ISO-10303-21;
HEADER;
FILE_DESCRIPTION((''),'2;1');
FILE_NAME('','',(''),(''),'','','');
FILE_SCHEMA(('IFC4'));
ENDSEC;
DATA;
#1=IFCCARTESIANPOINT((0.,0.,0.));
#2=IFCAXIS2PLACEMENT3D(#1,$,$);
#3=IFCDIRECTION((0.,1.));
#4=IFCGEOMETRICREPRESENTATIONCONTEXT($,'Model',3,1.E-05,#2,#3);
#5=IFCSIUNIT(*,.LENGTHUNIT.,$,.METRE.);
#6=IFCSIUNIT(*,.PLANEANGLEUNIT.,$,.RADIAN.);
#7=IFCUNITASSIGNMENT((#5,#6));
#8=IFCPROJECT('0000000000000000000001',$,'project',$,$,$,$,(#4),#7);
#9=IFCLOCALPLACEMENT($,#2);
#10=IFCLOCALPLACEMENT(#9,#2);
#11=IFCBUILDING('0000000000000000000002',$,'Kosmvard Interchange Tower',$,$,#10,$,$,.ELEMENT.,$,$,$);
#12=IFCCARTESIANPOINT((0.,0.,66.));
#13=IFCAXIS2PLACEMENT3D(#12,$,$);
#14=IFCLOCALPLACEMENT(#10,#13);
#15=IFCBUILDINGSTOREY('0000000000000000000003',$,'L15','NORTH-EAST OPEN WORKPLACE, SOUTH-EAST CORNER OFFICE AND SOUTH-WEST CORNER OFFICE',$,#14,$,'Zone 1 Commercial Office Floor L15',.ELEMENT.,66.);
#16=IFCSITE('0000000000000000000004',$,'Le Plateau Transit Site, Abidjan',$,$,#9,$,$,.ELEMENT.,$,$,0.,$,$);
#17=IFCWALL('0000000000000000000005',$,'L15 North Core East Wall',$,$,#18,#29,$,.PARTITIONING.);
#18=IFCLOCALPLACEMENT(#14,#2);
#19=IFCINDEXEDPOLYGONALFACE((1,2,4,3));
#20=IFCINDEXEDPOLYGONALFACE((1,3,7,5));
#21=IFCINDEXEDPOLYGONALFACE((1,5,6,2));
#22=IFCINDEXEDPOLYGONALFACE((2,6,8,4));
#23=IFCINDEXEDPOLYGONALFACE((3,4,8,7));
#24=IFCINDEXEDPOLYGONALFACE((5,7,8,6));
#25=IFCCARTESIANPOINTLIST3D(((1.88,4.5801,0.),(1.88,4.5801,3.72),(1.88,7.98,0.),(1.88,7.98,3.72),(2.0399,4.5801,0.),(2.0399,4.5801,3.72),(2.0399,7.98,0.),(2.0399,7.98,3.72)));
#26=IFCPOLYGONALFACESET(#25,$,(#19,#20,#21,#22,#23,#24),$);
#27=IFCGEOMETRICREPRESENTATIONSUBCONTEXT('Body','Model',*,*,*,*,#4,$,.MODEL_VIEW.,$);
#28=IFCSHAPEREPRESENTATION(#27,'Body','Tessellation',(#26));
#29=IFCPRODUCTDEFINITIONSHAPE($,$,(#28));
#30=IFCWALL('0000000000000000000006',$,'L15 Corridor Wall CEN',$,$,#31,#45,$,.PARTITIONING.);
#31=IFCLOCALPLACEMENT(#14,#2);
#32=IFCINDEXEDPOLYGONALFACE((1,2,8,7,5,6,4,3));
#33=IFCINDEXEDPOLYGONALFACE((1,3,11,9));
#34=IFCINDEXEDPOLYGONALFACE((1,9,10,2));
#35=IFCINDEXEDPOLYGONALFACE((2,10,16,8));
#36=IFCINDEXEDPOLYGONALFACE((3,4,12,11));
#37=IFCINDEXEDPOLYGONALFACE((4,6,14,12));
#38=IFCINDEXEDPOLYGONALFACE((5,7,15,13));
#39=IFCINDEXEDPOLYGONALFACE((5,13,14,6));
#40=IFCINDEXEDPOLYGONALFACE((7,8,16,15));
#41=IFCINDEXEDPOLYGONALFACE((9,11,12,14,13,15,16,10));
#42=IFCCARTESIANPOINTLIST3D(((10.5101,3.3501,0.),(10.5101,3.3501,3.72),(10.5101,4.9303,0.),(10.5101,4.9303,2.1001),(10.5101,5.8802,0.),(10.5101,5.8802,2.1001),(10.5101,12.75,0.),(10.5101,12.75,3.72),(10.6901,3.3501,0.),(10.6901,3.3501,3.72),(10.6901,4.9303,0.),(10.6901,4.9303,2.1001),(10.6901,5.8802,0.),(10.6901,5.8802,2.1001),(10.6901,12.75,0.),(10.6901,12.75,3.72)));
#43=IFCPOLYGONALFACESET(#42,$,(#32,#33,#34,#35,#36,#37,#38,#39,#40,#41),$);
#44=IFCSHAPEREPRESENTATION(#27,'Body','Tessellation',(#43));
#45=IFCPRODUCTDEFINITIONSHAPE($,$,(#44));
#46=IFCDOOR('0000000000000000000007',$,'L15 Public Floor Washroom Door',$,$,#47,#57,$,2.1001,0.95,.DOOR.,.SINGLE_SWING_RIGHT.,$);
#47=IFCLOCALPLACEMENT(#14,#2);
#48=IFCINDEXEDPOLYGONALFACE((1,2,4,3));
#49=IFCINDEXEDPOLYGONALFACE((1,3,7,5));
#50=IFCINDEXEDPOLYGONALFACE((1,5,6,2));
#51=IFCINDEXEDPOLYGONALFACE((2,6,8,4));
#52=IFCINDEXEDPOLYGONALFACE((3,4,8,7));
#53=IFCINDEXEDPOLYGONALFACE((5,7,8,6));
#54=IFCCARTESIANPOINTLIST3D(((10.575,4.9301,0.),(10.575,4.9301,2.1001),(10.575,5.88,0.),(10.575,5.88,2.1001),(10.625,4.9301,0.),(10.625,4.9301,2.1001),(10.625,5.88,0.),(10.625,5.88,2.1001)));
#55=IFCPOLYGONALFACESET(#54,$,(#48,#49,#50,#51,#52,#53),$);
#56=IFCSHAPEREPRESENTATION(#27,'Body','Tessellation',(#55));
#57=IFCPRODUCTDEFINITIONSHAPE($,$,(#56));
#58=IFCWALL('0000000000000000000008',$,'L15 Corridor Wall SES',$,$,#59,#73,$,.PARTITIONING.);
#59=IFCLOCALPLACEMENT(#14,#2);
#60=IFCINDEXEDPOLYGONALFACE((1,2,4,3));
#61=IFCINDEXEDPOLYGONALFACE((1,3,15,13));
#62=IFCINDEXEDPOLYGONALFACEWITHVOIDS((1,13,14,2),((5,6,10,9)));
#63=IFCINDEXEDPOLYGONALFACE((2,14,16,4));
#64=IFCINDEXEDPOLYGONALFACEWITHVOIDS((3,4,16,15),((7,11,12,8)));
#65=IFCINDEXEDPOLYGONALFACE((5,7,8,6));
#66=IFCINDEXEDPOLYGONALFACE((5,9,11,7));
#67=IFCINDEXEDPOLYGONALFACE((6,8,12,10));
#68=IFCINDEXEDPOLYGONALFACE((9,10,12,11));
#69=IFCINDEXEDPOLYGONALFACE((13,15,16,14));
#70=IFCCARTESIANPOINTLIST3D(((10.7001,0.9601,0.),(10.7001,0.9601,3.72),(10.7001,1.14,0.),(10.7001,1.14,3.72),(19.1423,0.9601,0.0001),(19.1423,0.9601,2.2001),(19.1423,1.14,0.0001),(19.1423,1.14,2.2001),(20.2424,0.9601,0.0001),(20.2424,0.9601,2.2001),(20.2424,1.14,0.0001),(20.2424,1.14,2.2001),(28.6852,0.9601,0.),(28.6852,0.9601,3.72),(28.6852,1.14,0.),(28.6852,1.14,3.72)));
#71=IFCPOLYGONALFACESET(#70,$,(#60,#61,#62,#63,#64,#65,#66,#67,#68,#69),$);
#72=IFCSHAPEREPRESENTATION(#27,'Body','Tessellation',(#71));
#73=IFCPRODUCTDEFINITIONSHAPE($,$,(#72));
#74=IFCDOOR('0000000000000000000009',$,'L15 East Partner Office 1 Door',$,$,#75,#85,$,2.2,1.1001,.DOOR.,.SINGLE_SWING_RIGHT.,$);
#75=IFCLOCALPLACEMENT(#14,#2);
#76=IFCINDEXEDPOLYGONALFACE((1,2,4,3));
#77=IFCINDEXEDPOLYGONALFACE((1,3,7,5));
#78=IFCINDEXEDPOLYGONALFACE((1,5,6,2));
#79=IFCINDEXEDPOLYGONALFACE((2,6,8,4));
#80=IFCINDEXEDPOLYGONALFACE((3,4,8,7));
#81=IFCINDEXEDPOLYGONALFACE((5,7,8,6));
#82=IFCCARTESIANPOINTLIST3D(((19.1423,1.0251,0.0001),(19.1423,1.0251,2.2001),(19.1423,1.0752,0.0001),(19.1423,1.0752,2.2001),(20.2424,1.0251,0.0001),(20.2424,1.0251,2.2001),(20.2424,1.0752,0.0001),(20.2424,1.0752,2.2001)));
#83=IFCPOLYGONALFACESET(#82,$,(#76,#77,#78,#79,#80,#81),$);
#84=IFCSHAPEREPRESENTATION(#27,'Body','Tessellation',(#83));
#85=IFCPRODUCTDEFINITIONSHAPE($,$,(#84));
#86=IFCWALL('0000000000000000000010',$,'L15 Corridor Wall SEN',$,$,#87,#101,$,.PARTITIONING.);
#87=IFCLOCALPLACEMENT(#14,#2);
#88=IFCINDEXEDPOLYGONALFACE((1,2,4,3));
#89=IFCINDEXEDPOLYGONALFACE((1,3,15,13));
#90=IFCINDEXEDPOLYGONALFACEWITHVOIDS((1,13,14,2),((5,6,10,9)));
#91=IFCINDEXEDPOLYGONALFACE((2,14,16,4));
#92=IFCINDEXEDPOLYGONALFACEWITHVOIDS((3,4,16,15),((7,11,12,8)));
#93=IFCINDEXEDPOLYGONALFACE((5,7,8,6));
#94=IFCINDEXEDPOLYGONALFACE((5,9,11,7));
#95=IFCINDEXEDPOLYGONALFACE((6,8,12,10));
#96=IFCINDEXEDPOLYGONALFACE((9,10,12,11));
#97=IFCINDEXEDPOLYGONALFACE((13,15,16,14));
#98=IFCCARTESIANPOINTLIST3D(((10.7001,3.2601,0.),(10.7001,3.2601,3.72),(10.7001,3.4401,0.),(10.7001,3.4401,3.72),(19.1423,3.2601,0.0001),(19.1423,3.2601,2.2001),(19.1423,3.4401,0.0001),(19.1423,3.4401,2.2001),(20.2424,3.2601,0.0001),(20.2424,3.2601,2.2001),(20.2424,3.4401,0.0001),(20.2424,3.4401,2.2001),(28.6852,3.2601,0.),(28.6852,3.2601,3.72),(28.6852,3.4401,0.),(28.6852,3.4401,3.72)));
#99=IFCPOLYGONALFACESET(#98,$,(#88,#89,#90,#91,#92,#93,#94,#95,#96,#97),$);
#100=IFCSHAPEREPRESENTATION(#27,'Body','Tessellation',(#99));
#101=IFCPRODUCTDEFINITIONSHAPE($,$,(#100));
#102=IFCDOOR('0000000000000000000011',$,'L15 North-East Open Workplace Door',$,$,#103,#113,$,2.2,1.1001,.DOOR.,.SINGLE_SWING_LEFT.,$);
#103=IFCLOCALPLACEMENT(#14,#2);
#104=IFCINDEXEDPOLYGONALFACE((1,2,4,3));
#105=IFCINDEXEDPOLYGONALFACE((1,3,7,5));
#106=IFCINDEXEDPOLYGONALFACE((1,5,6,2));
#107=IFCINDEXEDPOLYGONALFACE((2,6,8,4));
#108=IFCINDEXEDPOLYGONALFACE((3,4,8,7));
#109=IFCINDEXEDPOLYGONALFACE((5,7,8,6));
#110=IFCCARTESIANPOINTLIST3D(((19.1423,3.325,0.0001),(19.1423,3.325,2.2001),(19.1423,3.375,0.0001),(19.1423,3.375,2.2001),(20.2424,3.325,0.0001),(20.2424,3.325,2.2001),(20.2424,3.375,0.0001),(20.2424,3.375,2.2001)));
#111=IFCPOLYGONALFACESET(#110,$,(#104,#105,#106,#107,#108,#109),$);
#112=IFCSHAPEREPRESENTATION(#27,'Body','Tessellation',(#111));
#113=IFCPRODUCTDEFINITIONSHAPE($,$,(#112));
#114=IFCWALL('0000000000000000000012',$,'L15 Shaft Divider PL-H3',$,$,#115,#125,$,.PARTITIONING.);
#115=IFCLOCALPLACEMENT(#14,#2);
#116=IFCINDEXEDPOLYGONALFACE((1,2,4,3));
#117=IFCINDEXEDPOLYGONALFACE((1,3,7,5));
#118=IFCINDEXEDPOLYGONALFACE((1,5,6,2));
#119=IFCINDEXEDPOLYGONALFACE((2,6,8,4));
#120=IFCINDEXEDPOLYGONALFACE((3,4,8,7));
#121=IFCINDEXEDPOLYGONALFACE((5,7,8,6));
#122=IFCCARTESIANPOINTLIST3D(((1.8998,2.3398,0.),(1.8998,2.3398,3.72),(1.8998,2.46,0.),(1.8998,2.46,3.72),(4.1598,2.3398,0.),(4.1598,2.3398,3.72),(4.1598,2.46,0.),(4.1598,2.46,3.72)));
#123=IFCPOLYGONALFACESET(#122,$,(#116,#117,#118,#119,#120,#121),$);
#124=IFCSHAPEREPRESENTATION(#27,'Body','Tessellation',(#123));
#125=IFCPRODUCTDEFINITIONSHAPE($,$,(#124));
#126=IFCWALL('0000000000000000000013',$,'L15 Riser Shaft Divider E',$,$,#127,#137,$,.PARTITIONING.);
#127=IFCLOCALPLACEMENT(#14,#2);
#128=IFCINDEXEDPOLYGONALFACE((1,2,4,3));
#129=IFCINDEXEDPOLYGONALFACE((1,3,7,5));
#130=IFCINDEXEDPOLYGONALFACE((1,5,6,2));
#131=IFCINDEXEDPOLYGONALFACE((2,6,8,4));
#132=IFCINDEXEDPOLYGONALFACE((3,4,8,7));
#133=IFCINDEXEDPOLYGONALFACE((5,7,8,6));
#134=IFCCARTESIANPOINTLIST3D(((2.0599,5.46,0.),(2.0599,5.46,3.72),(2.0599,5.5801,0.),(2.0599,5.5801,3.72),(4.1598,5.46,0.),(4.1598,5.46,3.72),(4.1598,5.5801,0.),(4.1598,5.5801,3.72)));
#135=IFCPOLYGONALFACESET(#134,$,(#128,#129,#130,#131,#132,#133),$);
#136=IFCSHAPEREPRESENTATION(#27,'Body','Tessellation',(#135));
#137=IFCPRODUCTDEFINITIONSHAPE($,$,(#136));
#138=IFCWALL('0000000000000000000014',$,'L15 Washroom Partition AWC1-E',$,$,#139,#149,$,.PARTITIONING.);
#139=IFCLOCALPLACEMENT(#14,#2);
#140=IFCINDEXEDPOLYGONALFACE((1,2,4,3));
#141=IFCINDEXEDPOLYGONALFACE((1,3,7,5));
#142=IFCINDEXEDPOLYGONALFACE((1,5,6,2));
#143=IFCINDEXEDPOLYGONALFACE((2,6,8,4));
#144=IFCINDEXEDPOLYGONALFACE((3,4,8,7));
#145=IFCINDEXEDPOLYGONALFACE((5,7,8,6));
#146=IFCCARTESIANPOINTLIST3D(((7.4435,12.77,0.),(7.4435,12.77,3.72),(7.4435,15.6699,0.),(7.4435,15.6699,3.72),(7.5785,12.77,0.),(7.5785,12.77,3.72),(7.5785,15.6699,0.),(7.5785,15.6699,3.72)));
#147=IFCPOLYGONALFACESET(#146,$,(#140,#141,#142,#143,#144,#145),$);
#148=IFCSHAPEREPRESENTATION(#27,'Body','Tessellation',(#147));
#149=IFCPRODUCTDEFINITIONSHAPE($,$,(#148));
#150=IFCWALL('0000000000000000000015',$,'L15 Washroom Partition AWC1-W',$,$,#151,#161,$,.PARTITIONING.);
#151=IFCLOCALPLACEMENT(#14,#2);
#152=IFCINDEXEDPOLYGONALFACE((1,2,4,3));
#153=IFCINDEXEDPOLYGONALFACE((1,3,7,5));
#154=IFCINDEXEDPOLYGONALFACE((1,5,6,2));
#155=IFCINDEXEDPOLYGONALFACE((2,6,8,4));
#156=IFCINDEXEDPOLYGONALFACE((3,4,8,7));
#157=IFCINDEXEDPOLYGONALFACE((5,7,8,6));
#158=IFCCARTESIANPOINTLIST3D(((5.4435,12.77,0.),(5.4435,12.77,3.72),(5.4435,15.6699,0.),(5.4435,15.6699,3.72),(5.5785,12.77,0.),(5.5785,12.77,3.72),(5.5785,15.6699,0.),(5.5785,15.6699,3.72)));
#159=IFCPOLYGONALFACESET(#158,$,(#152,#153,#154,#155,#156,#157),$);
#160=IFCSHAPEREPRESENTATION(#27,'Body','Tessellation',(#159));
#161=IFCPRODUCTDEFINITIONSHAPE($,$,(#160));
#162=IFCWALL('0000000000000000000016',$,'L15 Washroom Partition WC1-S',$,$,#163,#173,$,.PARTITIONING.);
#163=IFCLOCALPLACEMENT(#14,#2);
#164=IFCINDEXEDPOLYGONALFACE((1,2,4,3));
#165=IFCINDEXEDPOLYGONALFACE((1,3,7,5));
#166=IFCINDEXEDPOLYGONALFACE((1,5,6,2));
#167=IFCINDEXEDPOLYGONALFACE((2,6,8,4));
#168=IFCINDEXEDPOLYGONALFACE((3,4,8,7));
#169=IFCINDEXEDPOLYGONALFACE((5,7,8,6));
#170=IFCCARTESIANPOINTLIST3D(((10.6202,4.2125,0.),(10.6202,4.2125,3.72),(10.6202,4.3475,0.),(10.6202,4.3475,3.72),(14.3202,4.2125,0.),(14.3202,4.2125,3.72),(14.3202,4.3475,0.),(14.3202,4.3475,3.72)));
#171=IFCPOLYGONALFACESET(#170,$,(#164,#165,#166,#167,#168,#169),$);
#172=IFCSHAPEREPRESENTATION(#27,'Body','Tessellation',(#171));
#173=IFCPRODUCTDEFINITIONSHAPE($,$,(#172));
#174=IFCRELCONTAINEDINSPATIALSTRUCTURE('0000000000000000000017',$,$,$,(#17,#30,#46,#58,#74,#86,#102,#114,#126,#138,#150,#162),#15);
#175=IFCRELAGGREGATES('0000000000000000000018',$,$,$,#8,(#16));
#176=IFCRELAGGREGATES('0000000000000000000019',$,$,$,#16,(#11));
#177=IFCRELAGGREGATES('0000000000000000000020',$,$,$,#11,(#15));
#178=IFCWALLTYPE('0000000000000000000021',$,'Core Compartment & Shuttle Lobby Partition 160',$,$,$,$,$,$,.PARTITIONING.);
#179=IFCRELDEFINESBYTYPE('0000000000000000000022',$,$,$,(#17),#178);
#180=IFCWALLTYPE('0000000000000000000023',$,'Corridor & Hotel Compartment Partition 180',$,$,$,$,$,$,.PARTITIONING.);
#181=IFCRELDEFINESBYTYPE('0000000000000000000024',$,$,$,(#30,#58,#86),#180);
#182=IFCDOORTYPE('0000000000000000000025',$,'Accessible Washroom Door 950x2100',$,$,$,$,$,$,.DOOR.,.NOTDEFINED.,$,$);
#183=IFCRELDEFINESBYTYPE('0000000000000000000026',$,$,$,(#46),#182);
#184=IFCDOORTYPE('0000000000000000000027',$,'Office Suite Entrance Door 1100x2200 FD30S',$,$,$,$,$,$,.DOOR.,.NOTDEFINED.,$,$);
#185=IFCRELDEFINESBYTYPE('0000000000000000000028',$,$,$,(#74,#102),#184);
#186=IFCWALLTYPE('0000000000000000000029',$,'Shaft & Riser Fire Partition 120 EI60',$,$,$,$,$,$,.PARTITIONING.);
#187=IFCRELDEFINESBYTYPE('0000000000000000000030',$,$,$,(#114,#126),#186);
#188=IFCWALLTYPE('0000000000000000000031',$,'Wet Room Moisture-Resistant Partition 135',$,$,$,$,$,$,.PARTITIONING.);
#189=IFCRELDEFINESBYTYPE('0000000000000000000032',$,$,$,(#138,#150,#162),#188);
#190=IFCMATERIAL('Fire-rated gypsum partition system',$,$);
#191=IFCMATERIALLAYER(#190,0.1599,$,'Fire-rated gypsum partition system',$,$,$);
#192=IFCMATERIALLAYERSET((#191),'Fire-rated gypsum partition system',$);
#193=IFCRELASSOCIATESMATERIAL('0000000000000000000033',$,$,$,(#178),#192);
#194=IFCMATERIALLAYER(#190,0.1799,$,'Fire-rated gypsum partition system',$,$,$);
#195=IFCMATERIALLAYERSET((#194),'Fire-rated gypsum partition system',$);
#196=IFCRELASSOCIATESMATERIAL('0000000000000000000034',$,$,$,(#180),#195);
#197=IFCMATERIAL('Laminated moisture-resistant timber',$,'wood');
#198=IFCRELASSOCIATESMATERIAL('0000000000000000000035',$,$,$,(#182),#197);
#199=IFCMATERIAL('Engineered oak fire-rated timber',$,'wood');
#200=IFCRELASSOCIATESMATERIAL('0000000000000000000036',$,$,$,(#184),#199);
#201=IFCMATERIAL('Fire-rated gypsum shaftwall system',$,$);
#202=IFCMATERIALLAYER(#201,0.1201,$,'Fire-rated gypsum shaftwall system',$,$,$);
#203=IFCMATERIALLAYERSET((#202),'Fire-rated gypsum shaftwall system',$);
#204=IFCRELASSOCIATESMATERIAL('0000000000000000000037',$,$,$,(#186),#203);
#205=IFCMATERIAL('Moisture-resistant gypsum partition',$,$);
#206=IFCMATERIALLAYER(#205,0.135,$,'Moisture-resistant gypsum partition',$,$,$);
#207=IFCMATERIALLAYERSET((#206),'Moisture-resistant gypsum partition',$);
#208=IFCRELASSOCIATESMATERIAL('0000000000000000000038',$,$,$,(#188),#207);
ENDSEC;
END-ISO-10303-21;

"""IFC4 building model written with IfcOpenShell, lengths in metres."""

from ifc_helpers import new_model, si_unit, direction, frame, frame_2d, origin, place, context, subcontext, project, spatial, rectangle, extrude, source, transform, mapped, material, layer, layer_set, type_object, element, fill, save


model = new_model("IFC4")

# Units and contexts
model_context = context("Model", 3, precision=1e-05, world=origin(), true_north=direction((0.0, 1.0)))
body_context = subcontext(model_context, "Body", "Model", "MODEL_VIEW")
ifc_project = project(units=[si_unit("LENGTHUNIT", "METRE"), si_unit("PLANEANGLEUNIT", "RADIAN")], contexts=[model_context])

# Site, building, storey
site_placement = place(None, origin())
site = spatial("IfcSite", under=ifc_project, at=site_placement, Name="Le Plateau Transit Site, Abidjan", CompositionType="ELEMENT", RefElevation=0.0)
building_placement = place(site_placement, origin())
building = spatial("IfcBuilding", under=site, at=building_placement, Name="Kosmvard Interchange Tower", CompositionType="ELEMENT")
storey_placement = place(building_placement, frame((0.0, 0.0, 66.0)))
storey = spatial("IfcBuildingStorey", under=building, at=storey_placement, Name="L15", Description="NORTH-EAST OPEN WORKPLACE, SOUTH-EAST CORNER OFFICE AND SOUTH-WEST CORNER OFFICE", LongName="Zone 1 Commercial Office Floor L15", CompositionType="ELEMENT", Elevation=66.0)

# Wall
ifc_material_1 = material(Name="Fire-rated gypsum partition system")
ifc_layer_1 = layer(ifc_material_1, 0.1599, Name="Fire-rated gypsum partition system")
ifc_layer_set_1 = layer_set([ifc_layer_1], Name="Fire-rated gypsum partition system")
wall_type_1 = type_object("IfcWallType", Name="Core Compartment & Shuttle Lobby Partition 160", PredefinedType="PARTITIONING", material=ifc_layer_set_1)
wall_1_placement = place(storey_placement, frame((1.96, 4.5801, 0.0), z_axis=(0.0, 0.0, 1.0), x_axis=(0.0, 1.0, 0.0)))
element("IfcWall", 1, at=wall_1_placement, inside=storey, type_object=wall_type_1, Name="L15 North Core East Wall", PredefinedType="PARTITIONING", context=body_context, shape_type="SweptSolid", body=[
    extrude(rectangle(XDim=3.3999, YDim=0.1599, at=frame_2d((1.7, 0.0))), origin(), (0.0, 0.0, 1.0), 3.72),
])

# Walls, openings, doors
ifc_layer_2 = layer(ifc_material_1, 0.1799, Name="Fire-rated gypsum partition system")
ifc_layer_set_2 = layer_set([ifc_layer_2], Name="Fire-rated gypsum partition system")
wall_type_2 = type_object("IfcWallType", Name="Corridor & Hotel Compartment Partition 180", PredefinedType="PARTITIONING", material=ifc_layer_set_2)
wall_2_placement = place(storey_placement, frame((10.6001, 3.3501, 0.0), z_axis=(0.0, 0.0, 1.0), x_axis=(0.0, 1.0, 0.0)))
wall_2 = element("IfcWall", 2, at=wall_2_placement, inside=storey, type_object=wall_type_2, Name="L15 Corridor Wall CEN", PredefinedType="PARTITIONING", context=body_context, shape_type="SweptSolid", body=[
    extrude(rectangle(XDim=9.3999, YDim=0.1799, at=frame_2d((4.7, 0.0))), origin(), (0.0, 0.0, 1.0), 3.72),
])
opening_1_placement = place(wall_2_placement, frame((1.5801, 0.0, 0.0)))
opening_1 = element("IfcOpeningElement", 3, at=opening_1_placement, cuts=wall_2, PredefinedType="OPENING", context=body_context, shape_type="SweptSolid", body=[
    extrude(rectangle(XDim=0.95, YDim=2.1001, at=frame_2d((0.4751, 1.05))), frame((0.0, 0.1001, 0.0), z_axis=(0.0, -1.0, 0.0), x_axis=(1.0, 0.0, 0.0)), (0.0, 0.0, 1.0), 0.2),
])
ifc_material_2 = material(Name="Laminated moisture-resistant timber", Category="wood")
door_type_1 = type_object("IfcDoorType", Name="Accessible Washroom Door 950x2100", OperationType="NOTDEFINED", PredefinedType="DOOR", material=ifc_material_2)
shared_shape_1 = source(origin(), body_context, "Body", "SweptSolid", [
    extrude(rectangle(XDim=0.95, YDim=2.1001, at=frame_2d((0.4751, 1.05))), frame((0.0, 0.0249, 0.0), z_axis=(0.0, -1.0, 0.0), x_axis=(1.0, 0.0, 0.0)), (0.0, 0.0, 1.0), 0.05),
])
door_1_placement = place(opening_1_placement, frame((0.95, 0.0, 0.0), z_axis=(0.0, 0.0, 1.0), x_axis=(-1.0, 0.0, 0.0)))
door_1 = element("IfcDoor", 4, at=door_1_placement, inside=storey, type_object=door_type_1, Name="L15 Public Floor Washroom Door", OperationType="SINGLE_SWING_RIGHT", OverallHeight=2.1001, OverallWidth=0.95, PredefinedType="DOOR", context=body_context, shape_type="MappedRepresentation", body=[
    mapped(shared_shape_1, transform((0.0, 0.0, 0.0), scale=1.0)),
])
fill(opening_1, door_1)
wall_3_placement = place(storey_placement, frame((10.7, 1.05, 0.0), z_axis=(0.0, 0.0, 1.0), x_axis=(1.0, 0.0, 0.0)))
wall_3 = element("IfcWall", 5, at=wall_3_placement, inside=storey, type_object=wall_type_2, Name="L15 Corridor Wall SES", PredefinedType="PARTITIONING", context=body_context, shape_type="SweptSolid", body=[
    extrude(rectangle(XDim=17.9851, YDim=0.1799, at=frame_2d((8.9927, 0.0))), origin(), (0.0, 0.0, 1.0), 3.72),
])
opening_2_placement = place(wall_3_placement, frame((8.4424, 0.0, 0.0)))
opening_2 = element("IfcOpeningElement", 6, at=opening_2_placement, cuts=wall_3, PredefinedType="OPENING", context=body_context, shape_type="SweptSolid", body=[
    extrude(rectangle(XDim=1.1001, YDim=2.2, at=frame_2d((0.55, 1.1001))), frame((0.0, 0.1001, 0.0), z_axis=(0.0, -1.0, 0.0), x_axis=(1.0, 0.0, 0.0)), (0.0, 0.0, 1.0), 0.2),
])
ifc_material_3 = material(Name="Engineered oak fire-rated timber", Category="wood")
door_type_2 = type_object("IfcDoorType", Name="Office Suite Entrance Door 1100x2200 FD30S", OperationType="NOTDEFINED", PredefinedType="DOOR", material=ifc_material_3)
shared_shape_2 = source(origin(), body_context, "Body", "SweptSolid", [
    extrude(rectangle(XDim=1.1001, YDim=2.2, at=frame_2d((0.55, 1.1001))), frame((0.0, 0.0249, 0.0), z_axis=(0.0, -1.0, 0.0), x_axis=(1.0, 0.0, 0.0)), (0.0, 0.0, 1.0), 0.05),
])
door_2_placement = place(opening_2_placement, frame((1.1001, 0.0, 0.0), z_axis=(0.0, 0.0, 1.0), x_axis=(-1.0, 0.0, 0.0)))
door_2 = element("IfcDoor", 7, at=door_2_placement, inside=storey, type_object=door_type_2, Name="L15 East Partner Office 1 Door", OperationType="SINGLE_SWING_RIGHT", OverallHeight=2.2, OverallWidth=1.1001, PredefinedType="DOOR", context=body_context, shape_type="MappedRepresentation", body=[
    mapped(shared_shape_2, transform((0.0, 0.0, 0.0), scale=1.0)),
])
fill(opening_2, door_2)
wall_4_placement = place(storey_placement, frame((10.7, 3.3501, 0.0), z_axis=(0.0, 0.0, 1.0), x_axis=(1.0, 0.0, 0.0)))
wall_4 = element("IfcWall", 8, at=wall_4_placement, inside=storey, type_object=wall_type_2, Name="L15 Corridor Wall SEN", PredefinedType="PARTITIONING", context=body_context, shape_type="SweptSolid", body=[
    extrude(rectangle(XDim=17.9851, YDim=0.1799, at=frame_2d((8.9927, 0.0))), origin(), (0.0, 0.0, 1.0), 3.72),
])
opening_3_placement = place(wall_4_placement, frame((8.4424, 0.0, 0.0)))
opening_3 = element("IfcOpeningElement", 9, at=opening_3_placement, cuts=wall_4, PredefinedType="OPENING", context=body_context, shape_type="SweptSolid", body=[
    extrude(rectangle(XDim=1.1001, YDim=2.2, at=frame_2d((0.55, 1.1001))), frame((0.0, 0.1001, 0.0), z_axis=(0.0, -1.0, 0.0), x_axis=(1.0, 0.0, 0.0)), (0.0, 0.0, 1.0), 0.2),
])
door_3_placement = place(opening_3_placement, origin())
door_3 = element("IfcDoor", 10, at=door_3_placement, inside=storey, type_object=door_type_2, Name="L15 North-East Open Workplace Door", OperationType="SINGLE_SWING_LEFT", OverallHeight=2.2, OverallWidth=1.1001, PredefinedType="DOOR", context=body_context, shape_type="MappedRepresentation", body=[
    mapped(shared_shape_2, transform((0.0, 0.0, 0.0), scale=1.0)),
])
fill(opening_3, door_3)

# Walls
ifc_material_4 = material(Name="Fire-rated gypsum shaftwall system")
ifc_layer_3 = layer(ifc_material_4, 0.1201, Name="Fire-rated gypsum shaftwall system")
ifc_layer_set_3 = layer_set([ifc_layer_3], Name="Fire-rated gypsum shaftwall system")
wall_type_3 = type_object("IfcWallType", Name="Shaft & Riser Fire Partition 120 EI60", PredefinedType="PARTITIONING", material=ifc_layer_set_3)
wall_5_placement = place(storey_placement, frame((1.8999, 2.3999, 0.0), z_axis=(0.0, 0.0, 1.0), x_axis=(1.0, 0.0, 0.0)))
element("IfcWall", 11, at=wall_5_placement, inside=storey, type_object=wall_type_3, Name="L15 Shaft Divider PL-H3", PredefinedType="PARTITIONING", context=body_context, shape_type="SweptSolid", body=[
    extrude(rectangle(XDim=2.26, YDim=0.1201, at=frame_2d((1.1299, 0.0))), origin(), (0.0, 0.0, 1.0), 3.72),
])
wall_6_placement = place(storey_placement, frame((2.0601, 5.52, 0.0), z_axis=(0.0, 0.0, 1.0), x_axis=(1.0, 0.0, 0.0)))
element("IfcWall", 12, at=wall_6_placement, inside=storey, type_object=wall_type_3, Name="L15 Riser Shaft Divider E", PredefinedType="PARTITIONING", context=body_context, shape_type="SweptSolid", body=[
    extrude(rectangle(XDim=2.0999, YDim=0.1201, at=frame_2d((1.0498, 0.0))), origin(), (0.0, 0.0, 1.0), 3.72),
])
ifc_material_5 = material(Name="Moisture-resistant gypsum partition")
ifc_layer_4 = layer(ifc_material_5, 0.135, Name="Moisture-resistant gypsum partition")
ifc_layer_set_4 = layer_set([ifc_layer_4], Name="Moisture-resistant gypsum partition")
wall_type_4 = type_object("IfcWallType", Name="Wet Room Moisture-Resistant Partition 135", PredefinedType="PARTITIONING", material=ifc_layer_set_4)
for number, where, z_axis, x_axis, name in (
    (13, (7.511, 12.77, 0.0), (0.0, 0.0, 1.0), (0.0, 1.0, 0.0), "L15 Washroom Partition AWC1-E"),
    (14, (5.511, 12.77, 0.0), (0.0, 0.0, 1.0), (0.0, 1.0, 0.0), "L15 Washroom Partition AWC1-W"),
):
    element("IfcWall", number, at=place(storey_placement, frame(where, z_axis=z_axis, x_axis=x_axis)), inside=storey, type_object=wall_type_4, Name=name, PredefinedType="PARTITIONING", context=body_context, shape_type="SweptSolid", body=[
        extrude(rectangle(XDim=2.8999, YDim=0.135, at=frame_2d((1.45, 0.0))), origin(), (0.0, 0.0, 1.0), 3.72),
    ])
wall_7_placement = place(storey_placement, frame((10.6201, 4.28, 0.0), z_axis=(0.0, 0.0, 1.0), x_axis=(1.0, 0.0, 0.0)))
element("IfcWall", 15, at=wall_7_placement, inside=storey, type_object=wall_type_4, Name="L15 Washroom Partition WC1-S", PredefinedType="PARTITIONING", context=body_context, shape_type="SweptSolid", body=[
    extrude(rectangle(XDim=3.7, YDim=0.135, at=frame_2d((1.8501, 0.0))), origin(), (0.0, 0.0, 1.0), 3.72),
])

save(model, "model.ifc")
